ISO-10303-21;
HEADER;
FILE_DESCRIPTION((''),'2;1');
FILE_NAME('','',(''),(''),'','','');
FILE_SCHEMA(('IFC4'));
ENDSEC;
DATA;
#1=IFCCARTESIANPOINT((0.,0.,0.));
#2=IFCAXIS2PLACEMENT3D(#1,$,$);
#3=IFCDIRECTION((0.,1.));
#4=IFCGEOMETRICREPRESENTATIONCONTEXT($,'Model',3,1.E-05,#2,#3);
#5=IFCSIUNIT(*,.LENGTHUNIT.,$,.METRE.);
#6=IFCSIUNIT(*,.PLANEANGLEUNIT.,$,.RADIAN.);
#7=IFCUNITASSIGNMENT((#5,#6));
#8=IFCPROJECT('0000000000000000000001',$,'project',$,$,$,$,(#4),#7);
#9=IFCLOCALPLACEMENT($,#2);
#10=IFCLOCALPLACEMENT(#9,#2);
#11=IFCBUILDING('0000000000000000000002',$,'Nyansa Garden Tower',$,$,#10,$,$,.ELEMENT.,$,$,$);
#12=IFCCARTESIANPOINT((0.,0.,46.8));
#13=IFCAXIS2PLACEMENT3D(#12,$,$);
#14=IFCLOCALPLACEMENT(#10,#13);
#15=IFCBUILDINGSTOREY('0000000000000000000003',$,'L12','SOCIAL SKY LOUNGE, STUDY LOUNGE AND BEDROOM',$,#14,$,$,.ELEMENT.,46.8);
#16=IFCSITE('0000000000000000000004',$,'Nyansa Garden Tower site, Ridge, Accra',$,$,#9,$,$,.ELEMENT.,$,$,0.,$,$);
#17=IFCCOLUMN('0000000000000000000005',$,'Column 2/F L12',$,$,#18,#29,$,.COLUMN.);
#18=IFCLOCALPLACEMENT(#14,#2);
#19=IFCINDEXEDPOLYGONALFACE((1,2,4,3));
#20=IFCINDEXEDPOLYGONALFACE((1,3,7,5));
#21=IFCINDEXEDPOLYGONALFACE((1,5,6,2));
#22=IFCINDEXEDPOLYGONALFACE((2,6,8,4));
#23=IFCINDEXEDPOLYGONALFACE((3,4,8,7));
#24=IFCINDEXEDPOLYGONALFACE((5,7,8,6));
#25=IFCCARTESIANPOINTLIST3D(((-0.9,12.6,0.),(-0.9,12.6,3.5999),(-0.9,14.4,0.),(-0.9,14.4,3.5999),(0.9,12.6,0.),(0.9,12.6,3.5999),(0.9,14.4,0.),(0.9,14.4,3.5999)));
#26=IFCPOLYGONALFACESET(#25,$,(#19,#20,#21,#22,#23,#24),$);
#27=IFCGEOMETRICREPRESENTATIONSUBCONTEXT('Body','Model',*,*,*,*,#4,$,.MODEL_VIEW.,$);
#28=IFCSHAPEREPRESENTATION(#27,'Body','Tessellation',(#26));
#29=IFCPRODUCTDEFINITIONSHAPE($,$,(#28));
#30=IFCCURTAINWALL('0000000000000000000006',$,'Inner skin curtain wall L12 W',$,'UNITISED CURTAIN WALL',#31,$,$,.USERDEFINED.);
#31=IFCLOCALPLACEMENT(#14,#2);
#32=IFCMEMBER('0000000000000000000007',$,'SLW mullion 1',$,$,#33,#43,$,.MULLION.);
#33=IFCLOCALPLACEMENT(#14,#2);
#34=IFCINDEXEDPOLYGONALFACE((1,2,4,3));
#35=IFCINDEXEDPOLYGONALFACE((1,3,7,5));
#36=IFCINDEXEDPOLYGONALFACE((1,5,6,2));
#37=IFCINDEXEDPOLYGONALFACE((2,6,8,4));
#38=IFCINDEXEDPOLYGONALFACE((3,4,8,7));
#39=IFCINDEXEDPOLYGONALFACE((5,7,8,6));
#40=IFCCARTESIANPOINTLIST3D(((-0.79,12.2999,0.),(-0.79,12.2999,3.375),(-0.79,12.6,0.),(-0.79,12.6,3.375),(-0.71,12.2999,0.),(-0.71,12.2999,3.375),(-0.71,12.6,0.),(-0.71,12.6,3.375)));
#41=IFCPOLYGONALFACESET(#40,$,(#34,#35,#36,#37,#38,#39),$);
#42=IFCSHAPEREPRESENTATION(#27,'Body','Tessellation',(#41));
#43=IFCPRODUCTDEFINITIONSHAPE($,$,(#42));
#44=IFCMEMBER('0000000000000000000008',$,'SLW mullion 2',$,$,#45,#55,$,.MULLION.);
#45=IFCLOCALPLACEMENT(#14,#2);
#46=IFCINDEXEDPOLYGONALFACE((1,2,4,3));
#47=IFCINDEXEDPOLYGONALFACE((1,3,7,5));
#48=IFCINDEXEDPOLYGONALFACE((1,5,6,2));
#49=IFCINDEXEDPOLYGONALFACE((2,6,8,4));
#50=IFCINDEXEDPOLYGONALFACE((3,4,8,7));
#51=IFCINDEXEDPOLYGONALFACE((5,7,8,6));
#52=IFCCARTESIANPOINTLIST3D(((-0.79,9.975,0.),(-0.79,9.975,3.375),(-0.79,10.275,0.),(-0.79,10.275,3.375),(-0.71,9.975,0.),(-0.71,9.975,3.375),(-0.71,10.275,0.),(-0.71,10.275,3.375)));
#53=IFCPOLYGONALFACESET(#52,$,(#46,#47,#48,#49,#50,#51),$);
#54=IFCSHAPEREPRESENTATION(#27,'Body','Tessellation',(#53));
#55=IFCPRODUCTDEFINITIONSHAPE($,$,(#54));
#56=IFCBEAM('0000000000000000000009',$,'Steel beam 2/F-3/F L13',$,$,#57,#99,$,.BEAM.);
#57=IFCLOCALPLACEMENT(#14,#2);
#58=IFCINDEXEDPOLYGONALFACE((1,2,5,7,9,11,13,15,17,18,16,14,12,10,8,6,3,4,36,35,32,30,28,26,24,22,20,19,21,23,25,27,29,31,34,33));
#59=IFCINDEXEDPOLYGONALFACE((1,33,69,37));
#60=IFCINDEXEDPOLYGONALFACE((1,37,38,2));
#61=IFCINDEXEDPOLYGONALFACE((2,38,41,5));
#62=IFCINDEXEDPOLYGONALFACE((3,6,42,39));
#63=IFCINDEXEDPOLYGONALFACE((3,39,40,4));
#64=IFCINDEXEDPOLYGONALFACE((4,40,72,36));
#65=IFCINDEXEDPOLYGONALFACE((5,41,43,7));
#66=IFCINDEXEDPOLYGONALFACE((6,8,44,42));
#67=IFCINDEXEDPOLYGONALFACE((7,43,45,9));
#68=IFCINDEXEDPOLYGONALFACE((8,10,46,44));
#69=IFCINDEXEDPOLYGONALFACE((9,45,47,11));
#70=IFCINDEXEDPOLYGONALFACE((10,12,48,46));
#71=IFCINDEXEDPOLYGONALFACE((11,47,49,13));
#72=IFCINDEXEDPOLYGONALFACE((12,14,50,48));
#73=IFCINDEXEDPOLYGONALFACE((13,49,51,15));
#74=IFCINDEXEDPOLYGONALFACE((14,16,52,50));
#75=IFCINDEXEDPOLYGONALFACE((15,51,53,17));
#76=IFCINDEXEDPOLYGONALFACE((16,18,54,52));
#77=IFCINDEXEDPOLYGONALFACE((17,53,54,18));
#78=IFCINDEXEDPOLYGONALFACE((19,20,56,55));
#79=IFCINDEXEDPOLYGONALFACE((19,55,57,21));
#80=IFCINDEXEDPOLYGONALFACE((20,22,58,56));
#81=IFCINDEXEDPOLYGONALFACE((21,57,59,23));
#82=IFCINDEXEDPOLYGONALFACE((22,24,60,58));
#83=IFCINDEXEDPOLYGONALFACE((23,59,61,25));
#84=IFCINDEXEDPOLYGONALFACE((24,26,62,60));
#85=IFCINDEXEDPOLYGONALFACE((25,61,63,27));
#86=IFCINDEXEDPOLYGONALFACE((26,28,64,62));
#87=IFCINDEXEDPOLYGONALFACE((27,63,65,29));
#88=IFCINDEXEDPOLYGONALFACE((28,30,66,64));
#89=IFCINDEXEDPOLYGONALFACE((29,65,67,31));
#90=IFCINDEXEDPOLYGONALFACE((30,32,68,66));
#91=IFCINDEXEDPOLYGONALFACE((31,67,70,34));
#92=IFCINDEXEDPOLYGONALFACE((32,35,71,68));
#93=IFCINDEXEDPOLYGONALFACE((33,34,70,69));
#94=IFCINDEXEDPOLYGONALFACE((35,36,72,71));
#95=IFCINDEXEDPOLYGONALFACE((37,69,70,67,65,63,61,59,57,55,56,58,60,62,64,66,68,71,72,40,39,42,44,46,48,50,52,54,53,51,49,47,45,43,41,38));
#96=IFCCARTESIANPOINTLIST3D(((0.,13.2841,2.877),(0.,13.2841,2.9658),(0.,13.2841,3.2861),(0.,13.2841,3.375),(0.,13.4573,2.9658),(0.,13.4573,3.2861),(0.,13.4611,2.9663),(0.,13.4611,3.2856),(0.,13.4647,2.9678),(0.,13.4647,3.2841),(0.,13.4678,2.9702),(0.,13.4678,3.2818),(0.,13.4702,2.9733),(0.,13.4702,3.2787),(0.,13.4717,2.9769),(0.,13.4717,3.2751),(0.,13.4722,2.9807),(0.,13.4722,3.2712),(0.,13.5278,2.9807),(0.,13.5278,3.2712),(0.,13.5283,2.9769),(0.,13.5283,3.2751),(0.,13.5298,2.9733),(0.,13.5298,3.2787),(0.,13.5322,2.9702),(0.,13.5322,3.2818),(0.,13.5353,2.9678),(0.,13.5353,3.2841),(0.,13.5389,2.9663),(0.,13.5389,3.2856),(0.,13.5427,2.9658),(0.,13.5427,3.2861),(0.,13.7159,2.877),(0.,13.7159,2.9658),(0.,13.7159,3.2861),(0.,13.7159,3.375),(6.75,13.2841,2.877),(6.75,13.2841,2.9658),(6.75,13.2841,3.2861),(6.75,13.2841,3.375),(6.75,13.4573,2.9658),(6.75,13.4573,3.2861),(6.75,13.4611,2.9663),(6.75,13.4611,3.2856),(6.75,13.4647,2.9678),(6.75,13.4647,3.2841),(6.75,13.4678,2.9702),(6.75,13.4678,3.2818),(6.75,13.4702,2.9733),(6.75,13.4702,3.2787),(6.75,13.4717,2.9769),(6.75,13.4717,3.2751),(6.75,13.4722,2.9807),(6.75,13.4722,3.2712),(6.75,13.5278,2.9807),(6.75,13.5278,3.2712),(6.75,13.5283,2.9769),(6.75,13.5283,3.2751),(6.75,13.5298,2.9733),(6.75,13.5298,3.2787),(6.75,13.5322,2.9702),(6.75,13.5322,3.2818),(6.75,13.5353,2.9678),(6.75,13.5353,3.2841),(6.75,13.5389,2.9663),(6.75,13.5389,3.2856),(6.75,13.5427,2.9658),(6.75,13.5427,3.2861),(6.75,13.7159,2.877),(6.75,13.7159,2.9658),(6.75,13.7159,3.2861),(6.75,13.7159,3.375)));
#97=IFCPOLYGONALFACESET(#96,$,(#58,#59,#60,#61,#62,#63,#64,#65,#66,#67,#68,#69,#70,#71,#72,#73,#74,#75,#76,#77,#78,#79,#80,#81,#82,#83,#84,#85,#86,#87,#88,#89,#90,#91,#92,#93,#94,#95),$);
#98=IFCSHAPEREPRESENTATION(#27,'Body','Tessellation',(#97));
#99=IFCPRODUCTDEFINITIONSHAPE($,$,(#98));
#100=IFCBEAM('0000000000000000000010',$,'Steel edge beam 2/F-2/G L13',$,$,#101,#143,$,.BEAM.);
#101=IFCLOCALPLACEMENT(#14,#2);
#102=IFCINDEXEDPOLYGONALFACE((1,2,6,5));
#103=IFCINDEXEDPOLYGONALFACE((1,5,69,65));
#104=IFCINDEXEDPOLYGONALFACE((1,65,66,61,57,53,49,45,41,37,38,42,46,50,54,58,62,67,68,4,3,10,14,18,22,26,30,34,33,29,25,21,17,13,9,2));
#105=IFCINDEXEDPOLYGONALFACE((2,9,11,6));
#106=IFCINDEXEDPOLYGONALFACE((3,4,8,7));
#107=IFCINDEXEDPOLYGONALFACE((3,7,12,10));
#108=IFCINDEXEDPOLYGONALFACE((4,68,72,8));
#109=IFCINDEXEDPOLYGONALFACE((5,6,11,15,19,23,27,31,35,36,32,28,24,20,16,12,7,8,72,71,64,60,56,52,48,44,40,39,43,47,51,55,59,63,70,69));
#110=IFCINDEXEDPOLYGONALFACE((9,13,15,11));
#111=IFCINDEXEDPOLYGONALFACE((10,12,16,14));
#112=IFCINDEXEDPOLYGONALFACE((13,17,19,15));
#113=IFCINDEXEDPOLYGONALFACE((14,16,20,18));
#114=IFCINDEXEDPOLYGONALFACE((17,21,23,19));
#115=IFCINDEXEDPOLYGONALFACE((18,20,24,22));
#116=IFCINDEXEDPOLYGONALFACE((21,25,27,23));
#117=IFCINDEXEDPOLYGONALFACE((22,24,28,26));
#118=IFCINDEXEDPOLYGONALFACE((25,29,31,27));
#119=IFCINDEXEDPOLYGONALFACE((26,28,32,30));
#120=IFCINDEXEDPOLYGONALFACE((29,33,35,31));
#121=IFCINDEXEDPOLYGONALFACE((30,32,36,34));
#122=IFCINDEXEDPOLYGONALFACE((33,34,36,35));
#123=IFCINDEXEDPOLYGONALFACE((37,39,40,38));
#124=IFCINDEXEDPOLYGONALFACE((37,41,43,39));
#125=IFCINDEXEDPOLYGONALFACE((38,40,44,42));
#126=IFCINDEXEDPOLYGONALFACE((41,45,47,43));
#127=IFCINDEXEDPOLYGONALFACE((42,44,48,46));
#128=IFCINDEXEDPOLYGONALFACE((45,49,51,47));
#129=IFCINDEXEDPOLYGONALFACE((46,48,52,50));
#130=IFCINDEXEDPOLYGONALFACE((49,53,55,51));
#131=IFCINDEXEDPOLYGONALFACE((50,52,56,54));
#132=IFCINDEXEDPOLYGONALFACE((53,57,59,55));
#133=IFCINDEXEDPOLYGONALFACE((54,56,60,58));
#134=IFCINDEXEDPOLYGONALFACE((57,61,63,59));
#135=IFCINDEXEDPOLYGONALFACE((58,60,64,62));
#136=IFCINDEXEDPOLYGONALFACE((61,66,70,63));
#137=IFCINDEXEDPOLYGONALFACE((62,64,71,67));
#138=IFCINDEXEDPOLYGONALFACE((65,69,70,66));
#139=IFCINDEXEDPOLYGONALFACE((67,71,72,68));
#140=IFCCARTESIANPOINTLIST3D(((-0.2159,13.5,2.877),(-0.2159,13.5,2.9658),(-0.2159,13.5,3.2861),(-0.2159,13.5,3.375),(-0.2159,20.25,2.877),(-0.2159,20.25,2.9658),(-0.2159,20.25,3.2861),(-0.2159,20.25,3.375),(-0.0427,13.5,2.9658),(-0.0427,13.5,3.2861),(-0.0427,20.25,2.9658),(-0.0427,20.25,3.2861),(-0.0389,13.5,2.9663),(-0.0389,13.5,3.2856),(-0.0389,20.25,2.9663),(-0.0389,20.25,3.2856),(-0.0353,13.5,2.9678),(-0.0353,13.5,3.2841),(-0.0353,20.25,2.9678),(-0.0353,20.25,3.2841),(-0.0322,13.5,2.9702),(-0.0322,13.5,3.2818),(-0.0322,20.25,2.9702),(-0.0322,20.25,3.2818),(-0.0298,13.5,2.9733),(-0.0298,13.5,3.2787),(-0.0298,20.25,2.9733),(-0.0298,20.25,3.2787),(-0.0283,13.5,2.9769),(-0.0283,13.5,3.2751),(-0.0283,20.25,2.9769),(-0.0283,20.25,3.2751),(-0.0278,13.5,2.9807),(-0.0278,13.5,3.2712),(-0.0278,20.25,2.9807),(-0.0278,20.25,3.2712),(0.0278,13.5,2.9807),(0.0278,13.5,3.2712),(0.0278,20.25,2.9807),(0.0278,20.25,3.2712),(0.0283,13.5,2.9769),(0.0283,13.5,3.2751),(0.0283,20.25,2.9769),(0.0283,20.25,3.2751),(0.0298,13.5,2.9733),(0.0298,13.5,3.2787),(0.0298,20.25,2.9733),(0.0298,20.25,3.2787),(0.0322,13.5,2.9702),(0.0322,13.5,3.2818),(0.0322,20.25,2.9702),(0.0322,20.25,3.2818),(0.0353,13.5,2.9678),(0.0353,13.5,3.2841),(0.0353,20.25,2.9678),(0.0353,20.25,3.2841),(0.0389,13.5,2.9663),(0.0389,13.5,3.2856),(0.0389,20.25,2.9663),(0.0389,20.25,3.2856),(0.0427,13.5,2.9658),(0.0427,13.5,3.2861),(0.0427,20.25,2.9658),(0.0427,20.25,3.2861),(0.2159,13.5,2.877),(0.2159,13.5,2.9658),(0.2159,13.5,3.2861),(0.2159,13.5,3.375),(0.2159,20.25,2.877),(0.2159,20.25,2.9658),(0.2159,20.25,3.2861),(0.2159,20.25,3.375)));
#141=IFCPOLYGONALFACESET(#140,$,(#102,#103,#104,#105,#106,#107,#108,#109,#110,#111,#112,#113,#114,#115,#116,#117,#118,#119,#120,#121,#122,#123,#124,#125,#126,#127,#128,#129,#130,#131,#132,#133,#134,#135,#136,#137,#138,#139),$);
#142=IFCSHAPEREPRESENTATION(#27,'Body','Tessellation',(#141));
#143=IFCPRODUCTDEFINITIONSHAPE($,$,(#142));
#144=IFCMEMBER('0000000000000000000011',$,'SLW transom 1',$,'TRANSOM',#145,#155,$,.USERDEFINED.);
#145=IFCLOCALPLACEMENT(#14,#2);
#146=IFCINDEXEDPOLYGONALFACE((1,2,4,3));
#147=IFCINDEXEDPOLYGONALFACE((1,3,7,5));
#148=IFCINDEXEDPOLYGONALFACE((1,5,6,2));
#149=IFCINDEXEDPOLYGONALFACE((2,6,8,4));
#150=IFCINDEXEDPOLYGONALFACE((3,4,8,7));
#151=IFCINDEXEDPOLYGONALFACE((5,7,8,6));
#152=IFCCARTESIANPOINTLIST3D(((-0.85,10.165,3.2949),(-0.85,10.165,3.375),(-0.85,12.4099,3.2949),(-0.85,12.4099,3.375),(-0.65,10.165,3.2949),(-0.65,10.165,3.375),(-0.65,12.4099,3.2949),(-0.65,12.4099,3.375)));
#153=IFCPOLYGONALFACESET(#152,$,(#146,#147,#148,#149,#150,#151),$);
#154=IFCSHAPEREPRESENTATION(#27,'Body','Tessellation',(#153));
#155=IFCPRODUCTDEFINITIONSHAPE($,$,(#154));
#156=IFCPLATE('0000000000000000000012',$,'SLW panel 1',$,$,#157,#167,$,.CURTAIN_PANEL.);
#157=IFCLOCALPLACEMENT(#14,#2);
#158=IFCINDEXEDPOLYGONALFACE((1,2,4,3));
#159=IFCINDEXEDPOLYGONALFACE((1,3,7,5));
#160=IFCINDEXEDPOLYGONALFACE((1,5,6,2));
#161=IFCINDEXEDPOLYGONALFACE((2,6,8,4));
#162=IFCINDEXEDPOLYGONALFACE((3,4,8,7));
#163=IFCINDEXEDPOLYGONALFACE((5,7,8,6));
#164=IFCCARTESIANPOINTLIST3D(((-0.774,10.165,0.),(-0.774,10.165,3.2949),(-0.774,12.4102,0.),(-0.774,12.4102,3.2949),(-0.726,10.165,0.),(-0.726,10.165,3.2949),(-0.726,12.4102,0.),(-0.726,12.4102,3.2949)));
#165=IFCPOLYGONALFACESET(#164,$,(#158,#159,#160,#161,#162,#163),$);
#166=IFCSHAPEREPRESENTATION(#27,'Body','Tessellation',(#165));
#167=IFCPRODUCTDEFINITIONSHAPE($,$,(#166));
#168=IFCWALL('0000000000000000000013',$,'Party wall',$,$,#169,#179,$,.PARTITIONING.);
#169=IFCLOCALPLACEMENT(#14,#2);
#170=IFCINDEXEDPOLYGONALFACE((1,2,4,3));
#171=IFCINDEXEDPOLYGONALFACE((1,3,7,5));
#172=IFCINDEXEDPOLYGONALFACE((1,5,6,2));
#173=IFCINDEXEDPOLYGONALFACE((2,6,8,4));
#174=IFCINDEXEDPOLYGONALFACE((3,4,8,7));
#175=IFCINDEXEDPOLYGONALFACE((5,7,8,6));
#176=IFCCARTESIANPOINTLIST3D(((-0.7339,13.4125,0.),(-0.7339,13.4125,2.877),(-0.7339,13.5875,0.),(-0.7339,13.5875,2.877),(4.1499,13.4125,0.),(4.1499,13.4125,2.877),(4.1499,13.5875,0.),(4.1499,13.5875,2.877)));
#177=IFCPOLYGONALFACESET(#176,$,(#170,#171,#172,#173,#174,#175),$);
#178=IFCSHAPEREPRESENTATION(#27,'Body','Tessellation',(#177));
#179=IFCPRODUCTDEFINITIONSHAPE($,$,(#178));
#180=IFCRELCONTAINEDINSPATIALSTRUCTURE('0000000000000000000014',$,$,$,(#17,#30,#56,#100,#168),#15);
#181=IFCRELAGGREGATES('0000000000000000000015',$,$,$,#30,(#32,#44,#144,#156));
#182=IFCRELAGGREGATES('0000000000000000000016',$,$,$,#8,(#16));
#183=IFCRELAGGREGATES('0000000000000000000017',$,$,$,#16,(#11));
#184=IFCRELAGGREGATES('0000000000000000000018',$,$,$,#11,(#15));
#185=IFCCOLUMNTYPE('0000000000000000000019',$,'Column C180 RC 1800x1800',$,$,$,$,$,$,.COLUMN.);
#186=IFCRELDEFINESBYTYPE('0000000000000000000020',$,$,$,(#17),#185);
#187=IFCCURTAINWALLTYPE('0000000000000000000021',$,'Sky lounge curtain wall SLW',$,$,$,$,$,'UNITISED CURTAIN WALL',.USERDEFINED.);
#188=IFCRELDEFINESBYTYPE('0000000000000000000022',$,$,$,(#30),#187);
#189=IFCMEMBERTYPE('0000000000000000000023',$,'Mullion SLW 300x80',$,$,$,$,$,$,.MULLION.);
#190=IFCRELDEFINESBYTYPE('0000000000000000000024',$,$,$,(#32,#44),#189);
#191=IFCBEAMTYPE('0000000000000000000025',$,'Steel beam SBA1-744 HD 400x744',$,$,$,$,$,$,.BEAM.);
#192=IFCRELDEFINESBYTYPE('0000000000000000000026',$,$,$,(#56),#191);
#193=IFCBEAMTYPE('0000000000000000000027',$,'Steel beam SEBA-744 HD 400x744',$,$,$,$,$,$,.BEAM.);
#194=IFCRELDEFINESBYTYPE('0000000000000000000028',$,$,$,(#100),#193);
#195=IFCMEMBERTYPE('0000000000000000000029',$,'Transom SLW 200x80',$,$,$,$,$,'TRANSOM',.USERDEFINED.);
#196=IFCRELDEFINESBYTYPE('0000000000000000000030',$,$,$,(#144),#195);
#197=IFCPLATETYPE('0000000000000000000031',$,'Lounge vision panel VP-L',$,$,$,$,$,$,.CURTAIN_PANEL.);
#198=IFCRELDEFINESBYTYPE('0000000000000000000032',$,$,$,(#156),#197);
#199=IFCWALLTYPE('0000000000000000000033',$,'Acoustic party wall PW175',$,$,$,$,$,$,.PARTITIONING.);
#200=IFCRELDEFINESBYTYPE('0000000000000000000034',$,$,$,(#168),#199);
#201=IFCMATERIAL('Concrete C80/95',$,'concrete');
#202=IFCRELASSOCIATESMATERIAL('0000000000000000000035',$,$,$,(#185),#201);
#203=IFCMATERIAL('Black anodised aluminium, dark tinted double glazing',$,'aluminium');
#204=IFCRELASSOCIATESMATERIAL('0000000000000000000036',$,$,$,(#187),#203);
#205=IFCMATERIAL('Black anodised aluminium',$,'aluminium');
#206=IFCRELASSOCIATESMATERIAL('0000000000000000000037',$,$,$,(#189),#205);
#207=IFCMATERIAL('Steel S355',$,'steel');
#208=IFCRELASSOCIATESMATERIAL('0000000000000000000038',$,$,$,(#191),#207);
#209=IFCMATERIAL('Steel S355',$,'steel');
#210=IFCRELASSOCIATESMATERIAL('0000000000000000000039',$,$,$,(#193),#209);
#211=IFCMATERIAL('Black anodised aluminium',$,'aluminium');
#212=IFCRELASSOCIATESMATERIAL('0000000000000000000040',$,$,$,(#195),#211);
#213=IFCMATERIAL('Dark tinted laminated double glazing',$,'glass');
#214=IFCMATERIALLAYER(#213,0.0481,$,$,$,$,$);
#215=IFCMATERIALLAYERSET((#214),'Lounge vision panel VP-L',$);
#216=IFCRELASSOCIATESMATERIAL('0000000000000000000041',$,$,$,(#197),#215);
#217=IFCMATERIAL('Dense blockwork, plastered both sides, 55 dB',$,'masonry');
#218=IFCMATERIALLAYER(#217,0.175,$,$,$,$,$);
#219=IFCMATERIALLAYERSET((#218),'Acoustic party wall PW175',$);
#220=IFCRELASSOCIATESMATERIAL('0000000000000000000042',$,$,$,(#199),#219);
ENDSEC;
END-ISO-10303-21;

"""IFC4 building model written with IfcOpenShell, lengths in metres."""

from ifc_helpers import new_model, si_unit, direction, frame, frame_2d, origin, origin_2d, place, context, subcontext, project, spatial, rectangle, i_section, extrude, material, layer, layer_set, material_profile, profile_set, type_object, element, aggregate, save


model = new_model("IFC4")

# Units and contexts
model_context = context("Model", 3, precision=1e-05, world=origin(), true_north=direction((0.0, 1.0)))
body_context = subcontext(model_context, "Body", "Model", "MODEL_VIEW")
ifc_project = project(units=[si_unit("LENGTHUNIT", "METRE"), si_unit("PLANEANGLEUNIT", "RADIAN")], contexts=[model_context])

# Site, building, storey
site_placement = place(None, origin())
site = spatial("IfcSite", under=ifc_project, at=site_placement, Name="Nyansa Garden Tower site, Ridge, Accra", CompositionType="ELEMENT", RefElevation=0.0)
building_placement = place(site_placement, origin())
building = spatial("IfcBuilding", under=site, at=building_placement, Name="Nyansa Garden Tower", CompositionType="ELEMENT")
storey_placement = place(building_placement, frame((0.0, 0.0, 46.8)))
storey = spatial("IfcBuildingStorey", under=building, at=storey_placement, Name="L12", Description="SOCIAL SKY LOUNGE, STUDY LOUNGE AND BEDROOM", CompositionType="ELEMENT", Elevation=46.8)

# Column
ifc_material_1 = material(Name="Concrete C80/95", Category="concrete")
ifc_material_profile_1 = material_profile(ifc_material_1, rectangle(XDim=1.8, YDim=1.8, at=origin_2d()), Name="RC 1800x1800")
ifc_profile_set_1 = profile_set([ifc_material_profile_1], Name="Concrete C80/95")
column_type = type_object("IfcColumnType", Name="Column C180 RC 1800x1800", PredefinedType="COLUMN", material=ifc_profile_set_1)
column_placement = place(storey_placement, frame((0.0, 13.5, 0.0), z_axis=(0.0, 0.0, 1.0), x_axis=(1.0, 0.0, 0.0)))
element("IfcColumn", 1, at=column_placement, inside=storey, type_object=column_type, Name="Column 2/F L12", PredefinedType="COLUMN", context=body_context, shape_type="SweptSolid", body=[
    extrude(rectangle(XDim=1.8, YDim=1.8, at=origin_2d()), origin(), (0.0, 0.0, 1.0), 3.5999),
])

# Curtain wall, members
ifc_material_2 = material(Name="Black anodised aluminium, dark tinted double glazing", Category="aluminium")
curtain_wall_type = type_object("IfcCurtainWallType", Name="Sky lounge curtain wall SLW", ElementType="UNITISED CURTAIN WALL", PredefinedType="USERDEFINED", material=ifc_material_2)
curtain_wall_placement = place(storey_placement, origin())
curtain_wall = element("IfcCurtainWall", 2, at=curtain_wall_placement, inside=storey, type_object=curtain_wall_type, Name="Inner skin curtain wall L12 W", ObjectType="UNITISED CURTAIN WALL", PredefinedType="USERDEFINED")
ifc_material_3 = material(Name="Black anodised aluminium", Category="aluminium")
ifc_material_profile_2 = material_profile(ifc_material_3, rectangle(XDim=0.0801, YDim=0.3, at=origin_2d()), Name="Mullion 300x80")
ifc_profile_set_2 = profile_set([ifc_material_profile_2], Name="Black anodised aluminium")
member_type_1 = type_object("IfcMemberType", Name="Mullion SLW 300x80", PredefinedType="MULLION", material=ifc_profile_set_2)
member_1_placement = place(storey_placement, frame((-0.75, 12.45, 0.0), z_axis=(0.0, 0.0, 1.0), x_axis=(1.0, 0.0, 0.0)))
member_1 = element("IfcMember", 3, at=member_1_placement, type_object=member_type_1, Name="SLW mullion 1", PredefinedType="MULLION", context=body_context, shape_type="SweptSolid", body=[
    extrude(rectangle(XDim=0.0801, YDim=0.3, at=origin_2d()), origin(), (0.0, 0.0, 1.0), 3.375),
])
member_2_placement = place(storey_placement, frame((-0.75, 10.125, 0.0), z_axis=(0.0, 0.0, 1.0), x_axis=(1.0, 0.0, 0.0)))
member_2 = element("IfcMember", 4, at=member_2_placement, type_object=member_type_1, Name="SLW mullion 2", PredefinedType="MULLION", context=body_context, shape_type="SweptSolid", body=[
    extrude(rectangle(XDim=0.0801, YDim=0.3, at=origin_2d()), origin(), (0.0, 0.0, 1.0), 3.375),
])

# Beams
ifc_material_4 = material(Name="Steel S355", Category="steel")
ifc_material_profile_3 = material_profile(ifc_material_4, i_section(OverallWidth=0.4319, OverallDepth=0.498, WebThickness=0.0557, FlangeThickness=0.0889, FilletRadius=0.0149, at=origin_2d()), Name="HD 400x744")
ifc_profile_set_3 = profile_set([ifc_material_profile_3], Name="Steel S355")
beam_type_1 = type_object("IfcBeamType", Name="Steel beam SBA1-744 HD 400x744", PredefinedType="BEAM", material=ifc_profile_set_3)
beam_1_placement = place(storey_placement, frame((0.0, 13.5, 3.126), z_axis=(1.0, 0.0, 0.0), x_axis=(0.0, 1.0, 0.0)))
element("IfcBeam", 5, at=beam_1_placement, inside=storey, type_object=beam_type_1, Name="Steel beam 2/F-3/F L13", PredefinedType="BEAM", context=body_context, shape_type="SweptSolid", body=[
    extrude(i_section(OverallWidth=0.4319, OverallDepth=0.498, WebThickness=0.0557, FlangeThickness=0.0889, FilletRadius=0.0149, at=origin_2d()), origin(), (0.0, 0.0, 1.0), 6.75),
])
ifc_material_5 = material(Name="Steel S355", Category="steel")
ifc_material_profile_4 = material_profile(ifc_material_5, i_section(OverallWidth=0.4319, OverallDepth=0.498, WebThickness=0.0557, FlangeThickness=0.0889, FilletRadius=0.0149, at=origin_2d()), Name="HD 400x744")
ifc_profile_set_4 = profile_set([ifc_material_profile_4], Name="Steel S355")
beam_type_2 = type_object("IfcBeamType", Name="Steel beam SEBA-744 HD 400x744", PredefinedType="BEAM", material=ifc_profile_set_4)
beam_2_placement = place(storey_placement, frame((0.0, 13.5, 3.126), z_axis=(0.0, 1.0, 0.0), x_axis=(-1.0, 0.0, 0.0)))
element("IfcBeam", 6, at=beam_2_placement, inside=storey, type_object=beam_type_2, Name="Steel edge beam 2/F-2/G L13", PredefinedType="BEAM", context=body_context, shape_type="SweptSolid", body=[
    extrude(i_section(OverallWidth=0.4319, OverallDepth=0.498, WebThickness=0.0557, FlangeThickness=0.0889, FilletRadius=0.0149, at=origin_2d()), origin(), (0.0, 0.0, 1.0), 6.75),
])

# Member
ifc_material_6 = material(Name="Black anodised aluminium", Category="aluminium")
ifc_material_profile_5 = material_profile(ifc_material_6, rectangle(XDim=0.2, YDim=0.0801, at=origin_2d()), Name="Transom 200x80")
ifc_profile_set_5 = profile_set([ifc_material_profile_5], Name="Black anodised aluminium")
member_type_2 = type_object("IfcMemberType", Name="Transom SLW 200x80", ElementType="TRANSOM", PredefinedType="USERDEFINED", material=ifc_profile_set_5)
member_3_placement = place(storey_placement, frame((-0.75, 12.4099, 3.335), z_axis=(0.0, -1.0, 0.0), x_axis=(1.0, 0.0, 0.0)))
member_3 = element("IfcMember", 7, at=member_3_placement, type_object=member_type_2, Name="SLW transom 1", ObjectType="TRANSOM", PredefinedType="USERDEFINED", context=body_context, shape_type="SweptSolid", body=[
    extrude(rectangle(XDim=0.2, YDim=0.0801, at=origin_2d()), origin(), (0.0, 0.0, 1.0), 2.2449),
])

# Plate
ifc_material_7 = material(Name="Dark tinted laminated double glazing", Category="glass")
ifc_layer_1 = layer(ifc_material_7, 0.0481)
ifc_layer_set_1 = layer_set([ifc_layer_1], Name="Lounge vision panel VP-L")
plate_type = type_object("IfcPlateType", Name="Lounge vision panel VP-L", PredefinedType="CURTAIN_PANEL", material=ifc_layer_set_1)
plate_placement = place(storey_placement, frame((-0.75, 11.2876, 0.0), z_axis=(0.0, 0.0, 1.0), x_axis=(0.0, -1.0, 0.0)))
plate = element("IfcPlate", 8, at=plate_placement, type_object=plate_type, Name="SLW panel 1", PredefinedType="CURTAIN_PANEL", context=body_context, shape_type="SweptSolid", body=[
    extrude(rectangle(XDim=2.2451, YDim=0.0481, at=origin_2d()), origin(), (0.0, 0.0, 1.0), 3.2949),
])
aggregate(curtain_wall, [member_1, member_2, member_3, plate])

# Wall
ifc_material_8 = material(Name="Dense blockwork, plastered both sides, 55 dB", Category="masonry")
ifc_layer_2 = layer(ifc_material_8, 0.175)
ifc_layer_set_2 = layer_set([ifc_layer_2], Name="Acoustic party wall PW175")
wall_type_1 = type_object("IfcWallType", Name="Acoustic party wall PW175", PredefinedType="PARTITIONING", material=ifc_layer_set_2)
wall_1_placement = place(storey_placement, frame((-0.7339, 13.5, 0.0), z_axis=(0.0, 0.0, 1.0), x_axis=(1.0, 0.0, 0.0)))
element("IfcWall", 9, at=wall_1_placement, inside=storey, type_object=wall_type_1, Name="Party wall", PredefinedType="PARTITIONING", context=body_context, shape_type="SweptSolid", body=[
    extrude(rectangle(XDim=4.8838, YDim=0.175, at=frame_2d((2.4419, 0.0))), origin(), (0.0, 0.0, 1.0), 2.877),
])

save(model, "model.ifc")
